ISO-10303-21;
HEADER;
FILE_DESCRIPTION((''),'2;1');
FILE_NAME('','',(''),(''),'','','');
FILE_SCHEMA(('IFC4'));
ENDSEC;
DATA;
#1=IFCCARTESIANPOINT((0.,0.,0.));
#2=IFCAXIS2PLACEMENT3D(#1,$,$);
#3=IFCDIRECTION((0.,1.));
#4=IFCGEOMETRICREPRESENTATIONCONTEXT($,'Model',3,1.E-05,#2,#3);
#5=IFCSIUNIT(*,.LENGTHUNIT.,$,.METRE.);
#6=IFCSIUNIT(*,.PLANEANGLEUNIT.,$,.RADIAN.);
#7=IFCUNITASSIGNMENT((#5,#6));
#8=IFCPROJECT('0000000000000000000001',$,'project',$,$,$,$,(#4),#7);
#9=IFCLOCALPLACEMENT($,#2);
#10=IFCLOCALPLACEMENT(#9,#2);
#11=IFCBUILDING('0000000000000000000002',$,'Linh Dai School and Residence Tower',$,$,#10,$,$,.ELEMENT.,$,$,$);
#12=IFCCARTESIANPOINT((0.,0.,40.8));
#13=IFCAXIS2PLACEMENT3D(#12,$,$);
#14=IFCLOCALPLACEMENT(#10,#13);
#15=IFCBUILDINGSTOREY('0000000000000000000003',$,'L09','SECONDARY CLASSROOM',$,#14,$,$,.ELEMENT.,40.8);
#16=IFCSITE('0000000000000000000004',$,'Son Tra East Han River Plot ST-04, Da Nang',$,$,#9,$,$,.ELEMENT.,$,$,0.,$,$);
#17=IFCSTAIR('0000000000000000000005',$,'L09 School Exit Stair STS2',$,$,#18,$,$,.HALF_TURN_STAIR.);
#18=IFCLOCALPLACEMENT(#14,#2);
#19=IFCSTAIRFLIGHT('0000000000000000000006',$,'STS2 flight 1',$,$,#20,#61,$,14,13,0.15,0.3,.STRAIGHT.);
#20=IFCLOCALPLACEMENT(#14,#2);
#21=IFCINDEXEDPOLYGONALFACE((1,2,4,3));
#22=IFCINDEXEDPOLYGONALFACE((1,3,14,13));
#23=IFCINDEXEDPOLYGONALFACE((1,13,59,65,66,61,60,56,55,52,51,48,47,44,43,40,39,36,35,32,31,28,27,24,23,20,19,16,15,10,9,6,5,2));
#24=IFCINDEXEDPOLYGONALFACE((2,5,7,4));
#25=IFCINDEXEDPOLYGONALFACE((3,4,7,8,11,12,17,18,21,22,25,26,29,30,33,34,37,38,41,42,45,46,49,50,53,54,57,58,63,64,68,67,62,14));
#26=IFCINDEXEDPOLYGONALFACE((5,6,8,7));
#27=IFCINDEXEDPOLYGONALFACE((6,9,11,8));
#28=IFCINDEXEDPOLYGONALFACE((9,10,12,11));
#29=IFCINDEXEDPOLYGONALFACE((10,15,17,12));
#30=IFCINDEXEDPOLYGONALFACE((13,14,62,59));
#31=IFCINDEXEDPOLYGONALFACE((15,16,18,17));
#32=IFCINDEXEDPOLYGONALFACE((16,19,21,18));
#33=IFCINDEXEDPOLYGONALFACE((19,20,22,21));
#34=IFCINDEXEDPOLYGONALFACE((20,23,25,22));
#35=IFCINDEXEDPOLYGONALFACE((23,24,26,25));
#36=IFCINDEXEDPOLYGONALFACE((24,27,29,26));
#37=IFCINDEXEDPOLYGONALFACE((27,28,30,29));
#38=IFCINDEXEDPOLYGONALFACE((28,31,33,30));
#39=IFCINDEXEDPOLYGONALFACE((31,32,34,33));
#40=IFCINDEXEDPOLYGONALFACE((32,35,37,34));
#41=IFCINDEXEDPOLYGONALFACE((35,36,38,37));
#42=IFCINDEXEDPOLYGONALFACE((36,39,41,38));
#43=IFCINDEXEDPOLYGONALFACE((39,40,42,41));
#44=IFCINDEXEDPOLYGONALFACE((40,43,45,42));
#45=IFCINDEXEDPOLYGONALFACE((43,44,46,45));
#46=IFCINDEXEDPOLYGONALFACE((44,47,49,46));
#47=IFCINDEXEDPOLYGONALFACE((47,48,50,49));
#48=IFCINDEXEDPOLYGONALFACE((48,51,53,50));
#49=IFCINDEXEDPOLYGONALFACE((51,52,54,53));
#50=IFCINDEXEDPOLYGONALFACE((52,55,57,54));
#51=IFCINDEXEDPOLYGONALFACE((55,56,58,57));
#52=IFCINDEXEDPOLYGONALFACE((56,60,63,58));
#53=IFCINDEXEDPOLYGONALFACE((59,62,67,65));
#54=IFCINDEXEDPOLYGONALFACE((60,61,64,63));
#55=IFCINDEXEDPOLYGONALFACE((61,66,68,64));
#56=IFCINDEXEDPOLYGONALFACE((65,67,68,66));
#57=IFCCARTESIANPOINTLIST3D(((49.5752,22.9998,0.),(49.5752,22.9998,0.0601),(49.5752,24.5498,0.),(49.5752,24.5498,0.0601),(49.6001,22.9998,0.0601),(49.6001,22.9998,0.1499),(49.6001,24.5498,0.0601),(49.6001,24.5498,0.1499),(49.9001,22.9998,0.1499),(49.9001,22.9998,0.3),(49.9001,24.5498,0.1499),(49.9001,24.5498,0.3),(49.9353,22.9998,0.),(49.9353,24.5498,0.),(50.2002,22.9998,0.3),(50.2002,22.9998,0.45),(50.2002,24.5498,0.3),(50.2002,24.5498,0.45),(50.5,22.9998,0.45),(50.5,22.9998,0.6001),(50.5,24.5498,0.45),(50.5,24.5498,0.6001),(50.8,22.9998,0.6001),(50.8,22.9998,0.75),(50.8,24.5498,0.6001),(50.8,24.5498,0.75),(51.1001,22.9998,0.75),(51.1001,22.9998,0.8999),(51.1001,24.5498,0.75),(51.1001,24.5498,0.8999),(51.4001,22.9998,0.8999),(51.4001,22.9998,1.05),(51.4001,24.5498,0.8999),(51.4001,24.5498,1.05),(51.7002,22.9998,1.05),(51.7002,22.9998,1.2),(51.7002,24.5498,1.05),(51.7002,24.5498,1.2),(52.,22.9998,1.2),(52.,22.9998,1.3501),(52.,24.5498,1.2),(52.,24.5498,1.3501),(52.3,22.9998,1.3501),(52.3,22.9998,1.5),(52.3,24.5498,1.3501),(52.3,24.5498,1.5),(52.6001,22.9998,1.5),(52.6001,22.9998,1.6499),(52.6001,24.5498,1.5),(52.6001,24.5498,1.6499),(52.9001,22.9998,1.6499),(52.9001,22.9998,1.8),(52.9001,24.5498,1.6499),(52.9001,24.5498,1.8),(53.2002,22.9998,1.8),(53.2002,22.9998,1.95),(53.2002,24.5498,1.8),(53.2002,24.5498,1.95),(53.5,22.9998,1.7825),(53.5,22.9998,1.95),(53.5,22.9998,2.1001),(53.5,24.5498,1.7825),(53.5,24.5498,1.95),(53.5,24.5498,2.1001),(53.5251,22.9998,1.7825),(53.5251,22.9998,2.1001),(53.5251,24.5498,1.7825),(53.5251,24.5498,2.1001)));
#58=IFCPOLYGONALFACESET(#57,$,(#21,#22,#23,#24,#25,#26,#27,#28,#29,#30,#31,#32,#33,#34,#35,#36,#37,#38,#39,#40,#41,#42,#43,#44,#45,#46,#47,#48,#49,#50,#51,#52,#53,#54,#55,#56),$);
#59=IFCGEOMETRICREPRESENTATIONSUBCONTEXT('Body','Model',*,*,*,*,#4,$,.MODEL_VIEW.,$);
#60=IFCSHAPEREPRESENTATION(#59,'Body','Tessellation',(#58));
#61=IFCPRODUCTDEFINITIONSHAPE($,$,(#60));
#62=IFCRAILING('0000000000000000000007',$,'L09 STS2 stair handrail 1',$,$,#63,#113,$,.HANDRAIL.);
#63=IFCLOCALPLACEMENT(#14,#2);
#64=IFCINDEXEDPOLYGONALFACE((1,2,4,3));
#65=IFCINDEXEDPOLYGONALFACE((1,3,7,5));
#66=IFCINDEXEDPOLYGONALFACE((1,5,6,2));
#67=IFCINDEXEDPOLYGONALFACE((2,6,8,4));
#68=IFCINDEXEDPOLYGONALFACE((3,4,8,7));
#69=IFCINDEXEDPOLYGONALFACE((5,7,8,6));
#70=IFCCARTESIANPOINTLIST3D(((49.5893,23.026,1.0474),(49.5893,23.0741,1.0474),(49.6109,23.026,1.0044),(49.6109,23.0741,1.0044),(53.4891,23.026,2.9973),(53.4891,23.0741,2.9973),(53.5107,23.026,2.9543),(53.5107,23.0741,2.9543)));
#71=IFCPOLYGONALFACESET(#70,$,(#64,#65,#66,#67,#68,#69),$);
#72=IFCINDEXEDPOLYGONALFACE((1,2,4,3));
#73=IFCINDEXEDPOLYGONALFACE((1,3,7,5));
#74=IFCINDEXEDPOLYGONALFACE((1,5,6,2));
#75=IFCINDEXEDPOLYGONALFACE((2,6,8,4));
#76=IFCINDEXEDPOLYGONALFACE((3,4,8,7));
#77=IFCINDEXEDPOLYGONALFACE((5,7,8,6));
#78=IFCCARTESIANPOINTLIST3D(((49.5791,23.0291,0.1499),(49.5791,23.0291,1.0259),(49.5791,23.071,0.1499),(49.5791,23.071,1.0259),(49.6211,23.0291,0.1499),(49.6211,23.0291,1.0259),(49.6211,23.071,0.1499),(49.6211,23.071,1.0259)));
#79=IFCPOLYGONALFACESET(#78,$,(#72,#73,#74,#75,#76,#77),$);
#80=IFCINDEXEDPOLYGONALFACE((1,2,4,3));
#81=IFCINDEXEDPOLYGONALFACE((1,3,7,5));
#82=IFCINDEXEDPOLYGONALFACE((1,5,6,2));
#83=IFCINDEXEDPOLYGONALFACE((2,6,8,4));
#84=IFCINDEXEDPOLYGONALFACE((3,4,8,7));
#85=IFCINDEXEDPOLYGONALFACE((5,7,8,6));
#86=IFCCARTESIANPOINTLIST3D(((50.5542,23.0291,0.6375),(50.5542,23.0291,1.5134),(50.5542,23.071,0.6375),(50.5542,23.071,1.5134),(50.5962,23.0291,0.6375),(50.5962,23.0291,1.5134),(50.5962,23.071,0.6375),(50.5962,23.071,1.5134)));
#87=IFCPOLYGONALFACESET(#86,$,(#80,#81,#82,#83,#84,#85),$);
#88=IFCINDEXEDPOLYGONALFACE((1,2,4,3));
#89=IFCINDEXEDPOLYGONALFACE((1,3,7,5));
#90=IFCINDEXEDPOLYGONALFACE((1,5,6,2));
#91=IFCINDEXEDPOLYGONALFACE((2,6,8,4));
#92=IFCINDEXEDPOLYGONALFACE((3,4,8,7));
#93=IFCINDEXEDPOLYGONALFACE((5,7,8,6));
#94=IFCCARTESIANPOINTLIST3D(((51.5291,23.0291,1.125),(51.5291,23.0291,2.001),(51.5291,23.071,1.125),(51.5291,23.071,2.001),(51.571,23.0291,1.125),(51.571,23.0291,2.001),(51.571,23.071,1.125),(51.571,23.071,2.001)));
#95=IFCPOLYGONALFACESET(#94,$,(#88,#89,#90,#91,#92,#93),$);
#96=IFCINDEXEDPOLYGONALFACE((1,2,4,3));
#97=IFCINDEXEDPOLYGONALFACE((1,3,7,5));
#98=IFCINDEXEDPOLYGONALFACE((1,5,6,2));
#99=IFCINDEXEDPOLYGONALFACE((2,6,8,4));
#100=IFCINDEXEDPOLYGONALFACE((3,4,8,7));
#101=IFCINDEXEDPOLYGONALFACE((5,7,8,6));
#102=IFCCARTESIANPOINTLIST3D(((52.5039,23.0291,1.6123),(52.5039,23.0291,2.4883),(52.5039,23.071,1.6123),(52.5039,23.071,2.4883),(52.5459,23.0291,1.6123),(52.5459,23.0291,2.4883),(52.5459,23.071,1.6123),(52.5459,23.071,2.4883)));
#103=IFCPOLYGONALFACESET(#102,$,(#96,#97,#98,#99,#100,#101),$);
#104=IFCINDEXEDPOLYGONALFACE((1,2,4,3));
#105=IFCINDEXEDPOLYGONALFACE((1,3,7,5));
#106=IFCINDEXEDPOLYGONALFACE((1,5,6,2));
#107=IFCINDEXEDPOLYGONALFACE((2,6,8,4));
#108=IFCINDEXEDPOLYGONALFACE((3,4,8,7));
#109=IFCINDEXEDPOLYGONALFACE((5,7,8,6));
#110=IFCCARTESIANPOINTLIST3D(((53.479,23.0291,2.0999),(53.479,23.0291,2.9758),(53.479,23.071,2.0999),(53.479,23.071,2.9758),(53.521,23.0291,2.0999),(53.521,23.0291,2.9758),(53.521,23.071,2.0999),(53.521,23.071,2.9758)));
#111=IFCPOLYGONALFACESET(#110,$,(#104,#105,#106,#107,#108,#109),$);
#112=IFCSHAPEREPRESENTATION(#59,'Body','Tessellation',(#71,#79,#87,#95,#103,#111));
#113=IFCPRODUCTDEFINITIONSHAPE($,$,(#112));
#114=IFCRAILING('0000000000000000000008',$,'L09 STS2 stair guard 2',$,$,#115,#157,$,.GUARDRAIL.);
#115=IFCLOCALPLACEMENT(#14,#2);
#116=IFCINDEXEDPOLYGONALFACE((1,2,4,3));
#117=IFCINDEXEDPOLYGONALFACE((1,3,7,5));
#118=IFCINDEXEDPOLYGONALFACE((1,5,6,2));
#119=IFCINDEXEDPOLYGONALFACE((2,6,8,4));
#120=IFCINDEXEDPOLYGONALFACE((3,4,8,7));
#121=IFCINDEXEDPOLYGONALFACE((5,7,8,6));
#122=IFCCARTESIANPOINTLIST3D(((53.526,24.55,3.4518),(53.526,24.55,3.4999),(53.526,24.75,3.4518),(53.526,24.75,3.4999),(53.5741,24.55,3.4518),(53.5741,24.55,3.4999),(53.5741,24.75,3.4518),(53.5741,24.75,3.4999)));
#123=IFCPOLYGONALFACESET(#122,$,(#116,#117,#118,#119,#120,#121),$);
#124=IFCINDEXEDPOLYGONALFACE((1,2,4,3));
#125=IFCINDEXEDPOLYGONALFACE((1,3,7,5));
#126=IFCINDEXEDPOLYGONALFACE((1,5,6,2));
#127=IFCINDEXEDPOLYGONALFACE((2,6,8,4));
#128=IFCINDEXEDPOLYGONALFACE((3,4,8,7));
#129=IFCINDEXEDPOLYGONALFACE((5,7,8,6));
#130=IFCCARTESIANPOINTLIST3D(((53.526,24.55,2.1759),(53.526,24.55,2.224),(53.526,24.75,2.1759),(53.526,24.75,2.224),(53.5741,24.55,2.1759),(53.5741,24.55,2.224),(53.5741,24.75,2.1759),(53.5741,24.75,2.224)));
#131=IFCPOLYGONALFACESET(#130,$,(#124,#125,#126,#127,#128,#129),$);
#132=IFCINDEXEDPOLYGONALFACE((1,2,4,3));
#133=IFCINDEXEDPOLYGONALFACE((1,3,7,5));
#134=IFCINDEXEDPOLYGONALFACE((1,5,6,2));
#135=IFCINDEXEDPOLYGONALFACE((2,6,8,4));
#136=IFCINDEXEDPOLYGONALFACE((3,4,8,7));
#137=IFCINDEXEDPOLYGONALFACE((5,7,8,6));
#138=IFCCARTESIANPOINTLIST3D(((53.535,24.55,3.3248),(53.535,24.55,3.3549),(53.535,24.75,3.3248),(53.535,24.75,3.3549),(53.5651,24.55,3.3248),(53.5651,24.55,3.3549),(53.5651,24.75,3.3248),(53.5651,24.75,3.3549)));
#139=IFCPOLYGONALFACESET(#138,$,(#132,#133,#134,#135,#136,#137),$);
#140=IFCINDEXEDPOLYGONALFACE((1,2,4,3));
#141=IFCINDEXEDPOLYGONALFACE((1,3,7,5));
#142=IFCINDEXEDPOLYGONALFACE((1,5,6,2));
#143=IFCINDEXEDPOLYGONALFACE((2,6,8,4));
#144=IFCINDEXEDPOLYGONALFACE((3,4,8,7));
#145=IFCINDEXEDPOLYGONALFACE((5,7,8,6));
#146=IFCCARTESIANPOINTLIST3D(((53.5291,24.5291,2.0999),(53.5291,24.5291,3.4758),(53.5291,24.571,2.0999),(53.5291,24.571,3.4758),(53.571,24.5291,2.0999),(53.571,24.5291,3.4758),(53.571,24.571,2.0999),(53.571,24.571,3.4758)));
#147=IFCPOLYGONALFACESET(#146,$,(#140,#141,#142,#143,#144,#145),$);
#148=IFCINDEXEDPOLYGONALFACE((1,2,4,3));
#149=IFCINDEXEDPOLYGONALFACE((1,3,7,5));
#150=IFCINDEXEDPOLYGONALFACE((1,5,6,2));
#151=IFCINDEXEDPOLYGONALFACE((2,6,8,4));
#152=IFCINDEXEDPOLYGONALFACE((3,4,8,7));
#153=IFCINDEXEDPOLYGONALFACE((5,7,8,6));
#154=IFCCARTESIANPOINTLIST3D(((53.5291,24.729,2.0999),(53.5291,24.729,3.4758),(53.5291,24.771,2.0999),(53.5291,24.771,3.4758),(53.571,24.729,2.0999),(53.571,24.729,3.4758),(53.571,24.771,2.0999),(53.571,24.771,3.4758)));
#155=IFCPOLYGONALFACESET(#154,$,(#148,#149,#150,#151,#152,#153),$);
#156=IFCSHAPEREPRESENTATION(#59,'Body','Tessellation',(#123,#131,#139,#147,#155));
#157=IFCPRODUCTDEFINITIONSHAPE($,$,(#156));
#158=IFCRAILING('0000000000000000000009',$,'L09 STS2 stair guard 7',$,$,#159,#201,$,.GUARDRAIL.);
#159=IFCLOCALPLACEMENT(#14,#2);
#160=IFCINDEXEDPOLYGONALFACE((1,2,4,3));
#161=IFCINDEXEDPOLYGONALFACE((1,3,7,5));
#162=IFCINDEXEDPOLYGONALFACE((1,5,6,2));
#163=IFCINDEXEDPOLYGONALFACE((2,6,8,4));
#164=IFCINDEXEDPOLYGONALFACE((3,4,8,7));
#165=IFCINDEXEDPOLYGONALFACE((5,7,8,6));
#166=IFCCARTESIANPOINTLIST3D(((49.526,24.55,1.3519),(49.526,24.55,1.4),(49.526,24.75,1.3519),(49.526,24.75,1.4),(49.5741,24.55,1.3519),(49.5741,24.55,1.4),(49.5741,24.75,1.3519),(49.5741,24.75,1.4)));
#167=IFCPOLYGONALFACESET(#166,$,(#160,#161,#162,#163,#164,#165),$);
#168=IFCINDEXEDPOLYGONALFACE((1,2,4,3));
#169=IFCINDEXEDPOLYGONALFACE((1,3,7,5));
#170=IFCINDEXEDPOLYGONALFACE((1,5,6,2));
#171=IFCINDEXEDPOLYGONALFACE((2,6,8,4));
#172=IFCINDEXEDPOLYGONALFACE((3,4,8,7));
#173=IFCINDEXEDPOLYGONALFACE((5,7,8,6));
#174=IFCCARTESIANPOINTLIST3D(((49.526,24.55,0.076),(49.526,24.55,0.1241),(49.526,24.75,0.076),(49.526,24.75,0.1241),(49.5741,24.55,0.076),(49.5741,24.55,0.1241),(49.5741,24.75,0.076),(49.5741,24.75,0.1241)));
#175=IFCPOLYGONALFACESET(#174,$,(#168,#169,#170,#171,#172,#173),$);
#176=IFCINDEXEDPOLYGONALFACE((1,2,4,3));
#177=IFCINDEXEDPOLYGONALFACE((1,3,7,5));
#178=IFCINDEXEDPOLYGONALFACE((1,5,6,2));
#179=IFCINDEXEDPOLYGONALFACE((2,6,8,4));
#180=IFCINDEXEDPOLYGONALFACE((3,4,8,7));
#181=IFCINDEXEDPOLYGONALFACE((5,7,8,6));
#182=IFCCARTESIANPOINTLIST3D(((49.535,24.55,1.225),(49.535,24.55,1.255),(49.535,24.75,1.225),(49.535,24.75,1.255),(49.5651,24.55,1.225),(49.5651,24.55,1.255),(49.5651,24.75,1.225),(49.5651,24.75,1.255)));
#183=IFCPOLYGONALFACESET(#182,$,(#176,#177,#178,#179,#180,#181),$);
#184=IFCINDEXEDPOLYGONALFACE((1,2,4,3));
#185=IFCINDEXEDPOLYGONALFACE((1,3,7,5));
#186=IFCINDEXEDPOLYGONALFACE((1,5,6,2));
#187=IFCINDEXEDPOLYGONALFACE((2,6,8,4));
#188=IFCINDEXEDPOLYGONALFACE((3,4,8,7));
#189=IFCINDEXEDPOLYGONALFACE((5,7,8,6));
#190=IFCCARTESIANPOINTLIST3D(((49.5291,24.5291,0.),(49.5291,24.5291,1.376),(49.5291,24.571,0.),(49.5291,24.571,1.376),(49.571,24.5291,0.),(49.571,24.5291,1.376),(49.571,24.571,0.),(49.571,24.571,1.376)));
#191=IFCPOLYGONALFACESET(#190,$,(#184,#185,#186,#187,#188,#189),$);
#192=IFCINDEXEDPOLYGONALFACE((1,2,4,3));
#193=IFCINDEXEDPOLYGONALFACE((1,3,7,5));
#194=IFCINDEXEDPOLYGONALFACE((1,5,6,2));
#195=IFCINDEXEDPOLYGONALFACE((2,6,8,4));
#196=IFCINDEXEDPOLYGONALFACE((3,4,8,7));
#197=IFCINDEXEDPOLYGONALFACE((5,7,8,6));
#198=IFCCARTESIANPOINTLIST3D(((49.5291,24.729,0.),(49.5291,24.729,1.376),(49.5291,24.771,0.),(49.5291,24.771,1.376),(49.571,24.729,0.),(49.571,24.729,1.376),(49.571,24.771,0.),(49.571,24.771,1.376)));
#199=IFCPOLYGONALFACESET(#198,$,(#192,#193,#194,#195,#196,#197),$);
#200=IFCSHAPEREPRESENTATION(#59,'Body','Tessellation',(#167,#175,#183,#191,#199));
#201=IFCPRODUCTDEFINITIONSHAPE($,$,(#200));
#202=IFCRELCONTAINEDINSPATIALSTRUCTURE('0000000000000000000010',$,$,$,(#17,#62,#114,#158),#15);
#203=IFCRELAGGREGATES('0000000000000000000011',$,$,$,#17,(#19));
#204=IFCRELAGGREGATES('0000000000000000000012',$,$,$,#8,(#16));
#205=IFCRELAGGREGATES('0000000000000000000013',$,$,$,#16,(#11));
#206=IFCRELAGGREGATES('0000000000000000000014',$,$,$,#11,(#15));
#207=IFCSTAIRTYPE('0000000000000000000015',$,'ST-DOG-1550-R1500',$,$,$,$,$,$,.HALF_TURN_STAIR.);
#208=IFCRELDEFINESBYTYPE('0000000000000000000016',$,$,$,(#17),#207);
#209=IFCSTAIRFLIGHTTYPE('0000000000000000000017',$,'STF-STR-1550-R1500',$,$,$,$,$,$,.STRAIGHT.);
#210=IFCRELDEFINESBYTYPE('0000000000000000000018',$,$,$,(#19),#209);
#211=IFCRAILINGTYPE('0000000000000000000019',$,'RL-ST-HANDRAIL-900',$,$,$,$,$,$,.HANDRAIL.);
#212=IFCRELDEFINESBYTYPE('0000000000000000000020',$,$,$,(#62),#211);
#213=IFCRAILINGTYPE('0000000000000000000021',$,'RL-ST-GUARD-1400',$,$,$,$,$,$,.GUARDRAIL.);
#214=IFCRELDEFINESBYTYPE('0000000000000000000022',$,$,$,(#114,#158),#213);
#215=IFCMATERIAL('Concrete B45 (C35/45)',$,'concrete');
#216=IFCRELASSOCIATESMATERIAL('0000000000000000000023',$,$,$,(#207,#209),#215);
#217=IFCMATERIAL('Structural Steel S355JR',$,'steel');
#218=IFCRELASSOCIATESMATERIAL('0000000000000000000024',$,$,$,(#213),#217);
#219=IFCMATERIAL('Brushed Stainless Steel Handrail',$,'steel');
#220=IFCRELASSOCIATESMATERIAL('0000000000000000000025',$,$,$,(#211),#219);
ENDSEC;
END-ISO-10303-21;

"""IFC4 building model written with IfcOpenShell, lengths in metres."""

from ifc_helpers import new_model, si_unit, direction, frame, origin, origin_2d, place, context, subcontext, project, spatial, polyline, rectangle, outline, extrude, source, transform, mapped, material, type_object, element, aggregate, save


model = new_model("IFC4")

# Units and contexts
model_context = context("Model", 3, precision=1e-05, world=origin(), true_north=direction((0.0, 1.0)))
body_context = subcontext(model_context, "Body", "Model", "MODEL_VIEW")
ifc_project = project(units=[si_unit("LENGTHUNIT", "METRE"), si_unit("PLANEANGLEUNIT", "RADIAN")], contexts=[model_context])

# Site, building, storey
site_placement = place(None, origin())
site = spatial("IfcSite", under=ifc_project, at=site_placement, Name="Son Tra East Han River Plot ST-04, Da Nang", CompositionType="ELEMENT", RefElevation=0.0)
building_placement = place(site_placement, origin())
building = spatial("IfcBuilding", under=site, at=building_placement, Name="Linh Dai School and Residence Tower", CompositionType="ELEMENT")
storey_placement = place(building_placement, frame((0.0, 0.0, 40.8)))
storey = spatial("IfcBuildingStorey", under=building, at=storey_placement, Name="L09", Description="SECONDARY CLASSROOM", CompositionType="ELEMENT", Elevation=40.8)

# Shared definitions
ifc_material_1 = material(Name="Structural Steel S355JR", Category="steel")

# Shared definitions
ifc_material_2 = material(Name="Concrete B45 (C35/45)", Category="concrete")

# Stair, stair flight
stair_type = type_object("IfcStairType", Name="ST-DOG-1550-R1500", PredefinedType="HALF_TURN_STAIR", material=ifc_material_2)
stair_placement = place(storey_placement, origin())
stair = element("IfcStair", 1, at=stair_placement, inside=storey, type_object=stair_type, Name="L09 School Exit Stair STS2", PredefinedType="HALF_TURN_STAIR")
stair_flight_type = type_object("IfcStairFlightType", Name="STF-STR-1550-R1500", PredefinedType="STRAIGHT", material=ifc_material_2)
shared_shape_1 = source(origin(), body_context, "Body", "SweptSolid", [
    extrude(outline(polyline([(-0.0249, 0.0), (-0.0249, 0.0601), (0.0, 0.0601), (0.0, 0.1499), (0.3, 0.1499), (0.3, 0.3), (0.6001, 0.3), (0.6001, 0.45), (0.8999, 0.45), (0.8999, 0.6001), (1.2, 0.6001), (1.2, 0.75), (1.5, 0.75), (1.5, 0.8999), (1.8, 0.8999), (1.8, 1.05), (2.1001, 1.05), (2.1001, 1.2), (2.3999, 1.2), (2.3999, 1.3501), (2.7, 1.3501), (2.7, 1.5), (3.0, 1.5), (3.0, 1.6499), (3.3, 1.6499), (3.3, 1.8), (3.6001, 1.8), (3.6001, 1.95), (3.8999, 1.95), (3.8999, 2.1001), (3.925, 2.1001), (3.925, 1.7825), (3.8999, 1.7825), (0.3352, 0.0), (-0.0249, 0.0)])), frame((0.0, 0.7749, 0.0), z_axis=(0.0, -1.0, 0.0), x_axis=(1.0, 0.0, 0.0)), (0.0, 0.0, 1.0), 1.55),
])
stair_flight_placement = place(storey_placement, frame((49.6001, 23.7749, 0.0), z_axis=(0.0, 0.0, 1.0), x_axis=(1.0, 0.0, 0.0)))
stair_flight = element("IfcStairFlight", 2, at=stair_flight_placement, type_object=stair_flight_type, Name="STS2 flight 1", NumberOfRisers=14, NumberOfTreads=13, PredefinedType="STRAIGHT", RiserHeight=0.15, TreadLength=0.3, context=body_context, shape_type="MappedRepresentation", body=[
    mapped(shared_shape_1, transform((0.0, 0.0, 0.0), x_axis=(1.0, 0.0, 0.0), y_axis=(0.0, 1.0, 0.0), z_axis=(0.0, 0.0, 1.0), scale=1.0)),
])
aggregate(stair, [stair_flight])

# Railings
railing_type_1 = type_object("IfcRailingType", Name="RL-ST-GUARD-1400", PredefinedType="GUARDRAIL", material=ifc_material_1)
ifc_material_3 = material(Name="Brushed Stainless Steel Handrail", Category="steel")
railing_type_2 = type_object("IfcRailingType", Name="RL-ST-HANDRAIL-900", PredefinedType="HANDRAIL", material=ifc_material_3)
shared_shape_2 = source(origin(), body_context, "Body", "SweptSolid", [
    extrude(rectangle(XDim=0.0481, YDim=0.0481, at=origin_2d()), frame((0.0, 0.0, 0.876), z_axis=(0.894427, 0.0, 0.447214), x_axis=(0.0, 1.0, 0.0)), (0.0, 0.0, 1.0), 4.3601),
    extrude(rectangle(XDim=0.042, YDim=0.042, at=origin_2d()), origin(), (0.0, 0.0, 1.0), 0.876),
    extrude(rectangle(XDim=0.042, YDim=0.042, at=origin_2d()), frame((0.9751, 0.0, 0.4875)), (0.0, 0.0, 1.0), 0.876),
    extrude(rectangle(XDim=0.042, YDim=0.042, at=origin_2d()), frame((1.95, 0.0, 0.9751)), (0.0, 0.0, 1.0), 0.876),
    extrude(rectangle(XDim=0.042, YDim=0.042, at=origin_2d()), frame((2.9248, 0.0, 1.4624)), (0.0, 0.0, 1.0), 0.876),
    extrude(rectangle(XDim=0.042, YDim=0.042, at=origin_2d()), frame((3.8999, 0.0, 1.95)), (0.0, 0.0, 1.0), 0.876),
])
railing_1_placement = place(storey_placement, frame((49.6001, 23.05, 0.1499)))
element("IfcRailing", 3, at=railing_1_placement, inside=storey, type_object=railing_type_2, Name="L09 STS2 stair handrail 1", PredefinedType="HANDRAIL", context=body_context, shape_type="MappedRepresentation", body=[
    mapped(shared_shape_2, transform((0.0, 0.0, 0.0), x_axis=(1.0, 0.0, 0.0), y_axis=(0.0, 1.0, 0.0), z_axis=(0.0, 0.0, 1.0), scale=1.0)),
])
shared_shape_3 = source(origin(), body_context, "Body", "SweptSolid", [
    extrude(rectangle(XDim=0.0481, YDim=0.0481, at=origin_2d()), frame((0.0, 0.0, 1.376), z_axis=(0.0, 1.0, 0.0), x_axis=(-1.0, 0.0, 0.0)), (0.0, 0.0, 1.0), 0.2),
    extrude(rectangle(XDim=0.0481, YDim=0.0481, at=origin_2d()), frame((0.0, 0.0, 0.1001), z_axis=(0.0, 1.0, 0.0), x_axis=(-1.0, 0.0, 0.0)), (0.0, 0.0, 1.0), 0.2),
    extrude(rectangle(XDim=0.03, YDim=0.03, at=origin_2d()), frame((0.0, 0.0, 1.24), z_axis=(0.0, 1.0, 0.0), x_axis=(-1.0, 0.0, 0.0)), (0.0, 0.0, 1.0), 0.2),
    extrude(rectangle(XDim=0.042, YDim=0.042, at=origin_2d()), origin(), (0.0, 0.0, 1.0), 1.376),
    extrude(rectangle(XDim=0.042, YDim=0.042, at=origin_2d()), frame((0.0, 0.2, 0.0)), (0.0, 0.0, 1.0), 1.376),
])
for number, where, name in (
    (4, (53.55, 24.55, 2.0999), "L09 STS2 stair guard 2"),
    (5, (49.55, 24.55, 0.0), "L09 STS2 stair guard 7"),
):
    element("IfcRailing", number, at=place(storey_placement, frame(where)), inside=storey, type_object=railing_type_1, Name=name, PredefinedType="GUARDRAIL", context=body_context, shape_type="MappedRepresentation", body=[
        mapped(shared_shape_3, transform((0.0, 0.0, 0.0), x_axis=(1.0, 0.0, 0.0), y_axis=(0.0, 1.0, 0.0), z_axis=(0.0, 0.0, 1.0), scale=1.0)),
    ])

save(model, "model.ifc")
